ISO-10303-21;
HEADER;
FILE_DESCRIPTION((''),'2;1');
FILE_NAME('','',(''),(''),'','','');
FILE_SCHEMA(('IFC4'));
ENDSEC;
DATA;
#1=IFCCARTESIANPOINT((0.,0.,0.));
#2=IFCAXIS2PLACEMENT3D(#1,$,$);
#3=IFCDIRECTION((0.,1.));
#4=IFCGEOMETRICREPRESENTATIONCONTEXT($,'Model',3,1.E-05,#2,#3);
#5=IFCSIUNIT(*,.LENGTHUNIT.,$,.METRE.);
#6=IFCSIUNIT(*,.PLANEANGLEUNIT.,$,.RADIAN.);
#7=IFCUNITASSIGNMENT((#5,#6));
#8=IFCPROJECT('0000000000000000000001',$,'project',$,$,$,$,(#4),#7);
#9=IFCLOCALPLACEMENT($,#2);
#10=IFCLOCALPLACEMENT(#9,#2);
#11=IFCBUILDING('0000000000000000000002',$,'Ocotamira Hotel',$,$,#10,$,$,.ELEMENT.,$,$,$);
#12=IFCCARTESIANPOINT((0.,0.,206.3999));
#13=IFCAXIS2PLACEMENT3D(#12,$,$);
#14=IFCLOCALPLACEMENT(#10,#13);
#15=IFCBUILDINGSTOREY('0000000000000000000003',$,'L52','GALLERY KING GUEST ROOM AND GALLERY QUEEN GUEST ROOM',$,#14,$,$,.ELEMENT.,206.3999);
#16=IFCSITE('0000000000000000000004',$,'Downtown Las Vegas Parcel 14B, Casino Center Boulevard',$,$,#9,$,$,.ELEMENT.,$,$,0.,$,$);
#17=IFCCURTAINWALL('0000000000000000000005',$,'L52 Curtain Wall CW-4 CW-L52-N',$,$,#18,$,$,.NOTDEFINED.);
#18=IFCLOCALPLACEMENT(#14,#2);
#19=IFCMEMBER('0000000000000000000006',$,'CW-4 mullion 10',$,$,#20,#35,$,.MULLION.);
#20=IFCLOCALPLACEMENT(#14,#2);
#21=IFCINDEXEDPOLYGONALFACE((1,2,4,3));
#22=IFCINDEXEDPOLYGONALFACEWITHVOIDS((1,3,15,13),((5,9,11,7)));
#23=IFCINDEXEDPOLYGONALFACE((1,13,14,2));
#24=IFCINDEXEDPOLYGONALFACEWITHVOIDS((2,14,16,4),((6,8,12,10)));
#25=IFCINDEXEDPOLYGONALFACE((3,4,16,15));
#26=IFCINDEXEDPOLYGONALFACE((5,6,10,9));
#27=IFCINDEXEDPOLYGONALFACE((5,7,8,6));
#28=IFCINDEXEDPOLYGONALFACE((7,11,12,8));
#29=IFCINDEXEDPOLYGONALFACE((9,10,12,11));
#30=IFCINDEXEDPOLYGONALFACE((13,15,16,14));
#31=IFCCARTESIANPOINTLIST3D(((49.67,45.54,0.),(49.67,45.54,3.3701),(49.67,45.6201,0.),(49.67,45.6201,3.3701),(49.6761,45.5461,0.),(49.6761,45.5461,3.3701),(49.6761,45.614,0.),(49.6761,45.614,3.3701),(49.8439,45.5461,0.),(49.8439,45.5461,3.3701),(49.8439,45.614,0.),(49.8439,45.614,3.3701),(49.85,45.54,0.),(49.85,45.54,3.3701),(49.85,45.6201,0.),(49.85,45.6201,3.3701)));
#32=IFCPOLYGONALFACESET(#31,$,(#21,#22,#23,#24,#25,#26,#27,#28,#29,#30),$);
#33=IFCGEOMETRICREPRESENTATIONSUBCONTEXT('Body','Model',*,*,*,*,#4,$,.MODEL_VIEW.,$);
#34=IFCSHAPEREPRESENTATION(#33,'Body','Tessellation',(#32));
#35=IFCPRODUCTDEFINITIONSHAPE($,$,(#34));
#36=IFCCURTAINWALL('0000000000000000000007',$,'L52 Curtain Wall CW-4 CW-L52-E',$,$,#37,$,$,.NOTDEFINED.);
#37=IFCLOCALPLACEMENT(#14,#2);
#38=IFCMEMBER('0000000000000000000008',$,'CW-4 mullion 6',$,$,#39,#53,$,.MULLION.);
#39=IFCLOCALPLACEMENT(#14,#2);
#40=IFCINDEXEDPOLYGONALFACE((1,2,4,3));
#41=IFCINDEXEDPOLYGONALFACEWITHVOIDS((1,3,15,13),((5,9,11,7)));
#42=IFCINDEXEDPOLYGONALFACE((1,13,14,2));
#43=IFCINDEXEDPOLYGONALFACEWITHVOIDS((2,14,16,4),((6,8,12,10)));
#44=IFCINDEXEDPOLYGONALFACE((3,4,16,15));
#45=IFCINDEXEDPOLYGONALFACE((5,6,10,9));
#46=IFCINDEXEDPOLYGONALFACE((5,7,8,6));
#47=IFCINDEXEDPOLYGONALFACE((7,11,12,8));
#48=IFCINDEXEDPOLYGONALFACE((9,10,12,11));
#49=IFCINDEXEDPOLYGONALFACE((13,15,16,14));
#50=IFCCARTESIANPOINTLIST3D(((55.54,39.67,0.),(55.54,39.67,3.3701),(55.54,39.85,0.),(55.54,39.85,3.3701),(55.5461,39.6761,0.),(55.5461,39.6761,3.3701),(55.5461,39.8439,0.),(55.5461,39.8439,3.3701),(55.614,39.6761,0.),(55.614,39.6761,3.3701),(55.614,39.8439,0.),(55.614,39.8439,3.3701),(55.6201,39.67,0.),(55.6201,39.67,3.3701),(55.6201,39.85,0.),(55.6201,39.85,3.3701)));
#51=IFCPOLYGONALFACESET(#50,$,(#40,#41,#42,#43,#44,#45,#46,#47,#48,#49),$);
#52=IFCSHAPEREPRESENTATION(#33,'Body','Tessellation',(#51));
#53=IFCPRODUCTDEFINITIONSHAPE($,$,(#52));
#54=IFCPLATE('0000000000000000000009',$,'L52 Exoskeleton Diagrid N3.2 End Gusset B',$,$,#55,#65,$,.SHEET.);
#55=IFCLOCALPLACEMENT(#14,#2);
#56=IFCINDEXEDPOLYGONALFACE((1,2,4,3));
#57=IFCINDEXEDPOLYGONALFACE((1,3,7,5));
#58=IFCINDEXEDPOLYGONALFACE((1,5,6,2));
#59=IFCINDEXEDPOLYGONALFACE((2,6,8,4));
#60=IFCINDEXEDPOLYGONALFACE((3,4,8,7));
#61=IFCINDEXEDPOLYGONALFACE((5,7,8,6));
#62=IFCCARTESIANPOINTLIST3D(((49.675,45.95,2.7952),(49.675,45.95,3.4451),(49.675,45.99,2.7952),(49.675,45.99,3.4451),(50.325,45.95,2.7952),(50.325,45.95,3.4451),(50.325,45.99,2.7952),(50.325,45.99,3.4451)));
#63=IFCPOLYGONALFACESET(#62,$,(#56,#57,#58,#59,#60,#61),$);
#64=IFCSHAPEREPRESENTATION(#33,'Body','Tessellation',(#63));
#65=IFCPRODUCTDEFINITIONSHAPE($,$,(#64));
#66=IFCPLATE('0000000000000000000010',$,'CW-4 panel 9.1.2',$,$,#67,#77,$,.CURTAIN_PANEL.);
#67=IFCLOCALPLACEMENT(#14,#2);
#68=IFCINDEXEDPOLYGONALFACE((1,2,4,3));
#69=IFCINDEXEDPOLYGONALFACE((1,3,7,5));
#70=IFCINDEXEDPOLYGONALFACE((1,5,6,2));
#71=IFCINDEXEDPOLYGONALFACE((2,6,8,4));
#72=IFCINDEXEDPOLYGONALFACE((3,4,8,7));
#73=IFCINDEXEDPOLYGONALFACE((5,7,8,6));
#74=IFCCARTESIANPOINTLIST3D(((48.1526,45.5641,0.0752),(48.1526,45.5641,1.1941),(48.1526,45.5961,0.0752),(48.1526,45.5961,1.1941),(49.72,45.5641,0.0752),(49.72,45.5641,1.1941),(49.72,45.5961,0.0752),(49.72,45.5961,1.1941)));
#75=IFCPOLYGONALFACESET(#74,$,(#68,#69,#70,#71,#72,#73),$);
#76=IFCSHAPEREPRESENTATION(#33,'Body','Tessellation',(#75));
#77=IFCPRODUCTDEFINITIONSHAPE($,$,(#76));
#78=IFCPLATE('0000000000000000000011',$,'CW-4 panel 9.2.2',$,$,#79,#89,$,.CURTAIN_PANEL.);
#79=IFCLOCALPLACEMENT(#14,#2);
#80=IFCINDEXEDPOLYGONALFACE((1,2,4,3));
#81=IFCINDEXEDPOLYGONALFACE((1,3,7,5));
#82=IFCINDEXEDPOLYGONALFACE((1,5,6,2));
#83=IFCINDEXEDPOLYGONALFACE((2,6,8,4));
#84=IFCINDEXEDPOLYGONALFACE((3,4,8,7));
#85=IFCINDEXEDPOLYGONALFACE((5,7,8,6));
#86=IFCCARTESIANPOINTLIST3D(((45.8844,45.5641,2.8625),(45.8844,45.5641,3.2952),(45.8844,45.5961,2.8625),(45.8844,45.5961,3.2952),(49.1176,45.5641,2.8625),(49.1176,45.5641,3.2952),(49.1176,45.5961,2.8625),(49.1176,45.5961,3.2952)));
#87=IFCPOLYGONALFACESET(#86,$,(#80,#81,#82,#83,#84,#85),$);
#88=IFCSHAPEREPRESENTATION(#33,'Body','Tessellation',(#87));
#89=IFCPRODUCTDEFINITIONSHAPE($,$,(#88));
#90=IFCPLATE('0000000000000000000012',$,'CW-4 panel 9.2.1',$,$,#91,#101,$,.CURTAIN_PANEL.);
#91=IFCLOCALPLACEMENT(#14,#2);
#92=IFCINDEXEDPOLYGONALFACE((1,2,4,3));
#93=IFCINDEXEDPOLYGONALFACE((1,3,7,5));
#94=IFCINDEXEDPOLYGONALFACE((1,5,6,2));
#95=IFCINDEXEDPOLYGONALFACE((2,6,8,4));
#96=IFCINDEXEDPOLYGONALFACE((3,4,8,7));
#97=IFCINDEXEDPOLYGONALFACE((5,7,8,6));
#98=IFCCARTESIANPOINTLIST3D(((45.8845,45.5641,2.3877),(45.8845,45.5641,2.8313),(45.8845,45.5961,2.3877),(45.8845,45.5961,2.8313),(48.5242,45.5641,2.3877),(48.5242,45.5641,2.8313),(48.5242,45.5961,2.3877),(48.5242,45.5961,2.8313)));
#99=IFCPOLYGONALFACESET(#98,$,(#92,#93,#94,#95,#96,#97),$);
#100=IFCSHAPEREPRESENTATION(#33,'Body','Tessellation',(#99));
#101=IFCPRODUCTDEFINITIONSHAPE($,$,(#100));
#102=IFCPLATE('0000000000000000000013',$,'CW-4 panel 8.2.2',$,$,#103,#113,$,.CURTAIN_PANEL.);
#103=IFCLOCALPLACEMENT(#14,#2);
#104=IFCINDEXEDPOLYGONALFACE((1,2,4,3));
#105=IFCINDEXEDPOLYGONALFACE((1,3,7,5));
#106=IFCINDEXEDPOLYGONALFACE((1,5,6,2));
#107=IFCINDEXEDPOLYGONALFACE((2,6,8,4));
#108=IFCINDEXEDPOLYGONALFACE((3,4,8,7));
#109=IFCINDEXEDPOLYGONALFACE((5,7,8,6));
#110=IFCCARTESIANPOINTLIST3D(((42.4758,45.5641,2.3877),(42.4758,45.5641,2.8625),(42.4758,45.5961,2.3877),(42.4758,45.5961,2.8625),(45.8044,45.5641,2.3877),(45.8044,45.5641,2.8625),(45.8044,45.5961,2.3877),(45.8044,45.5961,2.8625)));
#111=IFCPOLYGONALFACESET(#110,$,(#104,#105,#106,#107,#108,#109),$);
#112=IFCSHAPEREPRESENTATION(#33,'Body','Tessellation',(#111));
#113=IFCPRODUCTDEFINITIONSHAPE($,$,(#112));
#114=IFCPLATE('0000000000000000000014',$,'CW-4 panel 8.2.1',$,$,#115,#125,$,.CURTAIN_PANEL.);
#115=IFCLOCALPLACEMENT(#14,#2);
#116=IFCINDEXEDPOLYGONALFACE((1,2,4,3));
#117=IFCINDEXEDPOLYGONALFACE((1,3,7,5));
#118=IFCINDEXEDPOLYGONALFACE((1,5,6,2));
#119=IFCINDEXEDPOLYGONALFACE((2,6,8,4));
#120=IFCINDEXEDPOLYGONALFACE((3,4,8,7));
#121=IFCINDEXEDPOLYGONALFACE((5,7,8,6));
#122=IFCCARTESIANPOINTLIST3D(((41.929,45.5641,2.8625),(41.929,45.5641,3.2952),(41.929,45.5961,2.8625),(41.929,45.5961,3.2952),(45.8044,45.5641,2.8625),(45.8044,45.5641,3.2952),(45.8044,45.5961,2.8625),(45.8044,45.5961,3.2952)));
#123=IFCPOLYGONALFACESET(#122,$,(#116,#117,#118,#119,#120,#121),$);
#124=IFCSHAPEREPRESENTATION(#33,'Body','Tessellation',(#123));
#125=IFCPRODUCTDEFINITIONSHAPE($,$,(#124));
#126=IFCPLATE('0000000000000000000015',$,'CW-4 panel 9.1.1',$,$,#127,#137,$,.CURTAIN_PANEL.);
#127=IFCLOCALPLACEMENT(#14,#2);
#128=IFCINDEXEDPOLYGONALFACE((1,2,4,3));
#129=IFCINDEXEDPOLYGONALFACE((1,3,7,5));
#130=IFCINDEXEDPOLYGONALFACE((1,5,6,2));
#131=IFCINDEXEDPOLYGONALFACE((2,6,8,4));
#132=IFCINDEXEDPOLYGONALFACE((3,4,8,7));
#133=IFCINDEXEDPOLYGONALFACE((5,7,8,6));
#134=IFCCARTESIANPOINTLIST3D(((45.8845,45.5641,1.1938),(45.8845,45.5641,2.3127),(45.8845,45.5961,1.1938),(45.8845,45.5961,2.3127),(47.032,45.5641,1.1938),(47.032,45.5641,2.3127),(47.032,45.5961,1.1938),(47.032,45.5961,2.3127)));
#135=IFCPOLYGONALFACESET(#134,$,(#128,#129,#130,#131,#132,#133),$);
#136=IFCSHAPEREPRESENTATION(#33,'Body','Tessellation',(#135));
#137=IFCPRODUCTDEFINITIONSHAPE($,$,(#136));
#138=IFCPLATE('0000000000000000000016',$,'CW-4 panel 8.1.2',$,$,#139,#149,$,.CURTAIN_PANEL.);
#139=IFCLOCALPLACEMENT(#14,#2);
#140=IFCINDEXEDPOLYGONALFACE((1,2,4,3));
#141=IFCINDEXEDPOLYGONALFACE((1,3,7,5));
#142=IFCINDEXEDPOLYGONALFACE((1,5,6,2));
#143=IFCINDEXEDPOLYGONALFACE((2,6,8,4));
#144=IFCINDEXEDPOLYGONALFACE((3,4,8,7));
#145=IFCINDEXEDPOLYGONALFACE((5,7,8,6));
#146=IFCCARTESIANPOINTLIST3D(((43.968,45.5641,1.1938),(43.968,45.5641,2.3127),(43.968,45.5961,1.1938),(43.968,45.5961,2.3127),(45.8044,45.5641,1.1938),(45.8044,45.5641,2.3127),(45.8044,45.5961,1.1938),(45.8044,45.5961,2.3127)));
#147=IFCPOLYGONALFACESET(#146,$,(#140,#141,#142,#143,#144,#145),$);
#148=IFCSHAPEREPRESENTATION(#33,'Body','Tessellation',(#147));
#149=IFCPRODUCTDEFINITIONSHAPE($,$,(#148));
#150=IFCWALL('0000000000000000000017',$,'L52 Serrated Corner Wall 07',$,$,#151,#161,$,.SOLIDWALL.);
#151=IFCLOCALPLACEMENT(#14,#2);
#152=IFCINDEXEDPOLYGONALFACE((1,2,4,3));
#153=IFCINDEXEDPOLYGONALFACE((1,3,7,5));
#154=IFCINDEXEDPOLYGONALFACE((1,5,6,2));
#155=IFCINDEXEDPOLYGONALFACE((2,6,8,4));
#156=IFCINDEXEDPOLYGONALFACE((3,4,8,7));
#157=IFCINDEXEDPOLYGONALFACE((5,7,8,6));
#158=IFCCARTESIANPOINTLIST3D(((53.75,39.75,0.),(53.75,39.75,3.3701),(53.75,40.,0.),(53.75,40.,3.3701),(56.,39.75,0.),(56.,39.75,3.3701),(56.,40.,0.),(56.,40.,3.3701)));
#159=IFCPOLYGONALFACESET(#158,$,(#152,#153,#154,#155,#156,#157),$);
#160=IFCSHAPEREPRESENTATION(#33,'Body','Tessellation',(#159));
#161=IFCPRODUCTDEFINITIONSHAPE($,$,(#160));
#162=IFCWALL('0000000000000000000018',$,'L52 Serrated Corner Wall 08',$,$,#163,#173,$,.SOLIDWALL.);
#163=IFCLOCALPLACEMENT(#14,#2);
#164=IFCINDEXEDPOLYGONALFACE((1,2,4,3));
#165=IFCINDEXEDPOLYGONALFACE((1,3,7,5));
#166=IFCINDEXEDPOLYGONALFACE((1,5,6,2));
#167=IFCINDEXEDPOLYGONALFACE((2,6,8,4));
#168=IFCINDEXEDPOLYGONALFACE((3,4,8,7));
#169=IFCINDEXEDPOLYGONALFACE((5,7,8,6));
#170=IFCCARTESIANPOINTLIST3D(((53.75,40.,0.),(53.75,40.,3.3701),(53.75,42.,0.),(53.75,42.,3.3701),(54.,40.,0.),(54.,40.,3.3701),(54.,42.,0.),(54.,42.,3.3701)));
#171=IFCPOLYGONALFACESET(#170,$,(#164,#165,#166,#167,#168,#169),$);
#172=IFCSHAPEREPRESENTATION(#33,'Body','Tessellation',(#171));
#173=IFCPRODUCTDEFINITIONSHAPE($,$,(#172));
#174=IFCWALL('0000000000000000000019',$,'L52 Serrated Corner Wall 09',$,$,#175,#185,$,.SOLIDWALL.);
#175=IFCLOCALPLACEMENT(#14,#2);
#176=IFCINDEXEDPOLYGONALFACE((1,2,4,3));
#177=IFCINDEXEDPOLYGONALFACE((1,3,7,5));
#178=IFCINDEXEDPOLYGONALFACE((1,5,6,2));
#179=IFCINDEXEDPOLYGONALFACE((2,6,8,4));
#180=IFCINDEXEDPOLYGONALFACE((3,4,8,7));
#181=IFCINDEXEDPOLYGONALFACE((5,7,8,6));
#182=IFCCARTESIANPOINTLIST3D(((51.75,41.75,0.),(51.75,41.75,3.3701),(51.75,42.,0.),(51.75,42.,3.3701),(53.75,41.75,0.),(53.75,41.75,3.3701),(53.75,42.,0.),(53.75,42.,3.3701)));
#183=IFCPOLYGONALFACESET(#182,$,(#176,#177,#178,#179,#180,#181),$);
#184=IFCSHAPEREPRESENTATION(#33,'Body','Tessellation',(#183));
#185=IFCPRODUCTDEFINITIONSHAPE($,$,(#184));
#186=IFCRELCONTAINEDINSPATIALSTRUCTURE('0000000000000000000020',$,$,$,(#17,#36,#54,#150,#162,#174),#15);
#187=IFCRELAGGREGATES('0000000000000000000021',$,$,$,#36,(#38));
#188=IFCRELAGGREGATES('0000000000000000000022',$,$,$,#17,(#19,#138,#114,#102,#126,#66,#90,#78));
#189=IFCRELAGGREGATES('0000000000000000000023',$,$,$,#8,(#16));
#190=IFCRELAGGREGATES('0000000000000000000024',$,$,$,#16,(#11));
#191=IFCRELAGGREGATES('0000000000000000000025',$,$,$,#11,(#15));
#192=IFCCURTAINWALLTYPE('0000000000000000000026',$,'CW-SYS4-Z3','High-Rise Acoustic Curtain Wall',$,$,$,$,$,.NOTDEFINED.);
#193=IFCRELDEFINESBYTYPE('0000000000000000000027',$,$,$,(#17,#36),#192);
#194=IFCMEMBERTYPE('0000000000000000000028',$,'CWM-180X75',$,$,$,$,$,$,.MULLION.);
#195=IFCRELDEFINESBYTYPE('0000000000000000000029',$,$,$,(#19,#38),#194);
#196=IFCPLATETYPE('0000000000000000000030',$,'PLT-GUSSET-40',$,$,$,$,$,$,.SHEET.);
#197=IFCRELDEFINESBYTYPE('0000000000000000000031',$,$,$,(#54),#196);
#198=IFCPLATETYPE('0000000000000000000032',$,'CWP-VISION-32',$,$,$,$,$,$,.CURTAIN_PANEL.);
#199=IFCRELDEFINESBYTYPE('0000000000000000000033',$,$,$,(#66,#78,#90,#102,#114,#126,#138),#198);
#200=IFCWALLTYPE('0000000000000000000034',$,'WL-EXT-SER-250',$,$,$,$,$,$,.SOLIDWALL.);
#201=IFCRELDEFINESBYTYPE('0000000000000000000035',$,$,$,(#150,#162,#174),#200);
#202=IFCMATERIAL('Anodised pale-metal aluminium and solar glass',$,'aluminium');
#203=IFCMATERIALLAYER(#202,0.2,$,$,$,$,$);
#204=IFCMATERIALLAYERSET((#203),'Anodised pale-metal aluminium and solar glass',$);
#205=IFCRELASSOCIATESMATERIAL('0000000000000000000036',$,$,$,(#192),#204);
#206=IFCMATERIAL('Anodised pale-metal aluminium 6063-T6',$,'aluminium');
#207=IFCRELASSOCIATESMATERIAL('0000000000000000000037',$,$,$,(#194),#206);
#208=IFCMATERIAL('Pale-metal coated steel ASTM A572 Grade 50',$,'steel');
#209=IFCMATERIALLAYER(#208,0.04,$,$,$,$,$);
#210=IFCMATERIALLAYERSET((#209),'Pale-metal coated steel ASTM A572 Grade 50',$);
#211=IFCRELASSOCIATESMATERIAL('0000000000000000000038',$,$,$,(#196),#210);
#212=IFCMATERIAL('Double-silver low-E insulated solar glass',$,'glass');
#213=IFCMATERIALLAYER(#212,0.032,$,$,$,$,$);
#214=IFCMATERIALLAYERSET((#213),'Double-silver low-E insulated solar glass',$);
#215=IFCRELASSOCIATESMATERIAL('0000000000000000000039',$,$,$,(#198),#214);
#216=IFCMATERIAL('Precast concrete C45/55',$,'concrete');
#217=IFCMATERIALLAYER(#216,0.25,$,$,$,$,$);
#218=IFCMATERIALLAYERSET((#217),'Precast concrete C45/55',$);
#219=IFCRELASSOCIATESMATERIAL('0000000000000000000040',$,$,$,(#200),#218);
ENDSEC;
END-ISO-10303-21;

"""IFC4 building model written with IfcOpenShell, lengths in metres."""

from ifc_helpers import new_model, si_unit, direction, frame, frame_2d, origin, origin_2d, place, context, subcontext, project, spatial, rectangle, hollow_rectangle, extrude, source, transform, mapped, material, layer, layer_set, material_profile, profile_set, type_object, element, aggregate, save


model = new_model("IFC4")

# Units and contexts
model_context = context("Model", 3, precision=1e-05, world=origin(), true_north=direction((0.0, 1.0)))
body_context = subcontext(model_context, "Body", "Model", "MODEL_VIEW")
ifc_project = project(units=[si_unit("LENGTHUNIT", "METRE"), si_unit("PLANEANGLEUNIT", "RADIAN")], contexts=[model_context])

# Site, building, storey
site_placement = place(None, origin())
site = spatial("IfcSite", under=ifc_project, at=site_placement, Name="Downtown Las Vegas Parcel 14B, Casino Center Boulevard", CompositionType="ELEMENT", RefElevation=0.0)
building_placement = place(site_placement, origin())
building = spatial("IfcBuilding", under=site, at=building_placement, Name="Ocotamira Hotel", CompositionType="ELEMENT")
storey_placement = place(building_placement, frame((0.0, 0.0, 206.3999)))
storey = spatial("IfcBuildingStorey", under=building, at=storey_placement, Name="L52", Description="GALLERY KING GUEST ROOM AND GALLERY QUEEN GUEST ROOM", CompositionType="ELEMENT", Elevation=206.3999)

# Curtain wall, member
ifc_material_1 = material(Name="Anodised pale-metal aluminium and solar glass", Category="aluminium")
ifc_layer_1 = layer(ifc_material_1, 0.2)
ifc_layer_set_1 = layer_set([ifc_layer_1], Name="Anodised pale-metal aluminium and solar glass")
curtain_wall_type = type_object("IfcCurtainWallType", Name="CW-SYS4-Z3", Description="High-Rise Acoustic Curtain Wall", PredefinedType="NOTDEFINED", material=ifc_layer_set_1)
curtain_wall_1_placement = place(storey_placement, origin())
curtain_wall_1 = element("IfcCurtainWall", 1, at=curtain_wall_1_placement, inside=storey, type_object=curtain_wall_type, Name="L52 Curtain Wall CW-4 CW-L52-N", PredefinedType="NOTDEFINED")
ifc_material_2 = material(Name="Anodised pale-metal aluminium 6063-T6", Category="aluminium")
ifc_material_profile_1 = material_profile(ifc_material_2, hollow_rectangle(XDim=0.0801, YDim=0.1799, WallThickness=0.0061, at=origin_2d()), Name="HSS180X80X6")
ifc_profile_set_1 = profile_set([ifc_material_profile_1], Name="Anodised pale-metal aluminium 6063-T6")
member_type_1 = type_object("IfcMemberType", Name="CWM-180X75", PredefinedType="MULLION", material=ifc_profile_set_1)
shared_shape_1 = source(origin(), body_context, "Body", "SweptSolid", [
    extrude(hollow_rectangle(XDim=0.0801, YDim=0.1799, WallThickness=0.0061, at=origin_2d()), origin(), (0.0, 0.0, 1.0), 3.3701),
])
member_1_placement = place(storey_placement, frame((49.76, 45.5801, 0.0), z_axis=(0.0, 0.0, 1.0), x_axis=(0.0, 1.0, 0.0)))
member_1 = element("IfcMember", 2, at=member_1_placement, type_object=member_type_1, Name="CW-4 mullion 10", PredefinedType="MULLION", context=body_context, shape_type="MappedRepresentation", body=[
    mapped(shared_shape_1, transform((0.0, 0.0, 0.0), scale=1.0)),
])

# Curtain wall, member
curtain_wall_2_placement = place(storey_placement, origin())
curtain_wall_2 = element("IfcCurtainWall", 3, at=curtain_wall_2_placement, inside=storey, type_object=curtain_wall_type, Name="L52 Curtain Wall CW-4 CW-L52-E", PredefinedType="NOTDEFINED")
member_2_placement = place(storey_placement, frame((55.5801, 39.76, 0.0), z_axis=(0.0, 0.0, 1.0), x_axis=(-1.0, 0.0, 0.0)))
member_2 = element("IfcMember", 4, at=member_2_placement, type_object=member_type_1, Name="CW-4 mullion 6", PredefinedType="MULLION", context=body_context, shape_type="MappedRepresentation", body=[
    mapped(shared_shape_1, transform((0.0, 0.0, 0.0), scale=1.0)),
])
aggregate(curtain_wall_2, [member_2])

# Plates
ifc_material_3 = material(Name="Pale-metal coated steel ASTM A572 Grade 50", Category="steel")
ifc_layer_2 = layer(ifc_material_3, 0.04)
ifc_layer_set_2 = layer_set([ifc_layer_2], Name="Pale-metal coated steel ASTM A572 Grade 50")
plate_type_1 = type_object("IfcPlateType", Name="PLT-GUSSET-40", PredefinedType="SHEET", material=ifc_layer_set_2)
shared_shape_2 = source(origin(), body_context, "Body", "SweptSolid", [
    extrude(rectangle(XDim=0.6499, YDim=0.04, at=origin_2d()), origin(), (0.0, 0.0, 1.0), 0.6499),
])
plate_1_placement = place(storey_placement, frame((50.0, 45.97, 2.7952), z_axis=(0.0, 0.0, 1.0), x_axis=(1.0, 0.0, 0.0)))
element("IfcPlate", 5, at=plate_1_placement, inside=storey, type_object=plate_type_1, Name="L52 Exoskeleton Diagrid N3.2 End Gusset B", PredefinedType="SHEET", context=body_context, shape_type="MappedRepresentation", body=[
    mapped(shared_shape_2, transform((0.0, 0.0, 0.0), scale=1.0)),
])
ifc_material_4 = material(Name="Double-silver low-E insulated solar glass", Category="glass")
ifc_layer_3 = layer(ifc_material_4, 0.032)
ifc_layer_set_3 = layer_set([ifc_layer_3], Name="Double-silver low-E insulated solar glass")
plate_type_2 = type_object("IfcPlateType", Name="CWP-VISION-32", PredefinedType="CURTAIN_PANEL", material=ifc_layer_set_3)
shared_shape_3 = source(origin(), body_context, "Body", "SweptSolid", [
    extrude(rectangle(XDim=1.5674, YDim=0.032, at=origin_2d()), origin(), (0.0, 0.0, 1.0), 1.1189),
])
plate_2_placement = place(storey_placement, frame((48.9363, 45.5801, 0.0752), z_axis=(0.0, 0.0, 1.0), x_axis=(1.0, 0.0, 0.0)))
plate_2 = element("IfcPlate", 6, at=plate_2_placement, type_object=plate_type_2, Name="CW-4 panel 9.1.2", PredefinedType="CURTAIN_PANEL", context=body_context, shape_type="MappedRepresentation", body=[
    mapped(shared_shape_3, transform((0.0, 0.0, 0.0), scale=1.0)),
])
shared_shape_4 = source(origin(), body_context, "Body", "SweptSolid", [
    extrude(rectangle(XDim=3.2332, YDim=0.032, at=origin_2d()), origin(), (0.0, 0.0, 1.0), 0.4326),
])
plate_3_placement = place(storey_placement, frame((47.501, 45.5801, 2.8625), z_axis=(0.0, 0.0, 1.0), x_axis=(1.0, 0.0, 0.0)))
plate_3 = element("IfcPlate", 7, at=plate_3_placement, type_object=plate_type_2, Name="CW-4 panel 9.2.2", PredefinedType="CURTAIN_PANEL", context=body_context, shape_type="MappedRepresentation", body=[
    mapped(shared_shape_4, transform((0.0, 0.0, 0.0), scale=1.0)),
])
shared_shape_5 = source(origin(), body_context, "Body", "SweptSolid", [
    extrude(rectangle(XDim=2.6396, YDim=0.032, at=origin_2d()), origin(), (0.0, 0.0, 1.0), 0.4436),
])
plate_4_placement = place(storey_placement, frame((47.2043, 45.5801, 2.3877), z_axis=(0.0, 0.0, 1.0), x_axis=(1.0, 0.0, 0.0)))
plate_4 = element("IfcPlate", 8, at=plate_4_placement, type_object=plate_type_2, Name="CW-4 panel 9.2.1", PredefinedType="CURTAIN_PANEL", context=body_context, shape_type="MappedRepresentation", body=[
    mapped(shared_shape_5, transform((0.0, 0.0, 0.0), scale=1.0)),
])
shared_shape_6 = source(origin(), body_context, "Body", "SweptSolid", [
    extrude(rectangle(XDim=3.3286, YDim=0.032, at=origin_2d()), origin(), (0.0, 0.0, 1.0), 0.4749),
])
plate_5_placement = place(storey_placement, frame((44.1401, 45.5801, 2.3877), z_axis=(0.0, 0.0, 1.0), x_axis=(1.0, 0.0, 0.0)))
plate_5 = element("IfcPlate", 9, at=plate_5_placement, type_object=plate_type_2, Name="CW-4 panel 8.2.2", PredefinedType="CURTAIN_PANEL", context=body_context, shape_type="MappedRepresentation", body=[
    mapped(shared_shape_6, transform((0.0, 0.0, 0.0), scale=1.0)),
])
shared_shape_7 = source(origin(), body_context, "Body", "SweptSolid", [
    extrude(rectangle(XDim=3.8755, YDim=0.032, at=origin_2d()), origin(), (0.0, 0.0, 1.0), 0.4326),
])
plate_6_placement = place(storey_placement, frame((43.8667, 45.5801, 2.8625), z_axis=(0.0, 0.0, 1.0), x_axis=(1.0, 0.0, 0.0)))
plate_6 = element("IfcPlate", 10, at=plate_6_placement, type_object=plate_type_2, Name="CW-4 panel 8.2.1", PredefinedType="CURTAIN_PANEL", context=body_context, shape_type="MappedRepresentation", body=[
    mapped(shared_shape_7, transform((0.0, 0.0, 0.0), scale=1.0)),
])
shared_shape_8 = source(origin(), body_context, "Body", "SweptSolid", [
    extrude(rectangle(XDim=1.1475, YDim=0.032, at=origin_2d()), origin(), (0.0, 0.0, 1.0), 1.1189),
])
plate_7_placement = place(storey_placement, frame((46.4583, 45.5801, 1.1938), z_axis=(0.0, 0.0, 1.0), x_axis=(1.0, 0.0, 0.0)))
plate_7 = element("IfcPlate", 11, at=plate_7_placement, type_object=plate_type_2, Name="CW-4 panel 9.1.1", PredefinedType="CURTAIN_PANEL", context=body_context, shape_type="MappedRepresentation", body=[
    mapped(shared_shape_8, transform((0.0, 0.0, 0.0), scale=1.0)),
])
shared_shape_9 = source(origin(), body_context, "Body", "SweptSolid", [
    extrude(rectangle(XDim=1.8364, YDim=0.032, at=origin_2d()), origin(), (0.0, 0.0, 1.0), 1.1189),
])
plate_8_placement = place(storey_placement, frame((44.8862, 45.5801, 1.1938), z_axis=(0.0, 0.0, 1.0), x_axis=(1.0, 0.0, 0.0)))
plate_8 = element("IfcPlate", 12, at=plate_8_placement, type_object=plate_type_2, Name="CW-4 panel 8.1.2", PredefinedType="CURTAIN_PANEL", context=body_context, shape_type="MappedRepresentation", body=[
    mapped(shared_shape_9, transform((0.0, 0.0, 0.0), scale=1.0)),
])
aggregate(curtain_wall_1, [member_1, plate_8, plate_6, plate_5, plate_7, plate_2, plate_4, plate_3])

# Walls
ifc_material_5 = material(Name="Precast concrete C45/55", Category="concrete")
ifc_layer_4 = layer(ifc_material_5, 0.25)
ifc_layer_set_4 = layer_set([ifc_layer_4], Name="Precast concrete C45/55")
wall_type_1 = type_object("IfcWallType", Name="WL-EXT-SER-250", PredefinedType="SOLIDWALL", material=ifc_layer_set_4)
wall_1_placement = place(storey_placement, frame((56.0, 39.875, 0.0), z_axis=(0.0, 0.0, 1.0), x_axis=(-1.0, 0.0, 0.0)))
element("IfcWall", 13, at=wall_1_placement, inside=storey, type_object=wall_type_1, Name="L52 Serrated Corner Wall 07", PredefinedType="SOLIDWALL", context=body_context, shape_type="SweptSolid", body=[
    extrude(rectangle(XDim=2.25, YDim=0.25, at=frame_2d((1.125, 0.0))), origin(), (0.0, 0.0, 1.0), 3.3701),
])
for number, where, z_axis, x_axis, name in (
    (14, (53.875, 40.0, 0.0), (0.0, 0.0, 1.0), (0.0, 1.0, 0.0), "L52 Serrated Corner Wall 08"),
    (15, (53.75, 41.875, 0.0), (0.0, 0.0, 1.0), (-1.0, 0.0, 0.0), "L52 Serrated Corner Wall 09"),
):
    element("IfcWall", number, at=place(storey_placement, frame(where, z_axis=z_axis, x_axis=x_axis)), inside=storey, type_object=wall_type_1, Name=name, PredefinedType="SOLIDWALL", context=body_context, shape_type="SweptSolid", body=[
        extrude(rectangle(XDim=2.0, YDim=0.25, at=frame_2d((1.0, 0.0))), origin(), (0.0, 0.0, 1.0), 3.3701),
    ])

save(model, "model.ifc")
